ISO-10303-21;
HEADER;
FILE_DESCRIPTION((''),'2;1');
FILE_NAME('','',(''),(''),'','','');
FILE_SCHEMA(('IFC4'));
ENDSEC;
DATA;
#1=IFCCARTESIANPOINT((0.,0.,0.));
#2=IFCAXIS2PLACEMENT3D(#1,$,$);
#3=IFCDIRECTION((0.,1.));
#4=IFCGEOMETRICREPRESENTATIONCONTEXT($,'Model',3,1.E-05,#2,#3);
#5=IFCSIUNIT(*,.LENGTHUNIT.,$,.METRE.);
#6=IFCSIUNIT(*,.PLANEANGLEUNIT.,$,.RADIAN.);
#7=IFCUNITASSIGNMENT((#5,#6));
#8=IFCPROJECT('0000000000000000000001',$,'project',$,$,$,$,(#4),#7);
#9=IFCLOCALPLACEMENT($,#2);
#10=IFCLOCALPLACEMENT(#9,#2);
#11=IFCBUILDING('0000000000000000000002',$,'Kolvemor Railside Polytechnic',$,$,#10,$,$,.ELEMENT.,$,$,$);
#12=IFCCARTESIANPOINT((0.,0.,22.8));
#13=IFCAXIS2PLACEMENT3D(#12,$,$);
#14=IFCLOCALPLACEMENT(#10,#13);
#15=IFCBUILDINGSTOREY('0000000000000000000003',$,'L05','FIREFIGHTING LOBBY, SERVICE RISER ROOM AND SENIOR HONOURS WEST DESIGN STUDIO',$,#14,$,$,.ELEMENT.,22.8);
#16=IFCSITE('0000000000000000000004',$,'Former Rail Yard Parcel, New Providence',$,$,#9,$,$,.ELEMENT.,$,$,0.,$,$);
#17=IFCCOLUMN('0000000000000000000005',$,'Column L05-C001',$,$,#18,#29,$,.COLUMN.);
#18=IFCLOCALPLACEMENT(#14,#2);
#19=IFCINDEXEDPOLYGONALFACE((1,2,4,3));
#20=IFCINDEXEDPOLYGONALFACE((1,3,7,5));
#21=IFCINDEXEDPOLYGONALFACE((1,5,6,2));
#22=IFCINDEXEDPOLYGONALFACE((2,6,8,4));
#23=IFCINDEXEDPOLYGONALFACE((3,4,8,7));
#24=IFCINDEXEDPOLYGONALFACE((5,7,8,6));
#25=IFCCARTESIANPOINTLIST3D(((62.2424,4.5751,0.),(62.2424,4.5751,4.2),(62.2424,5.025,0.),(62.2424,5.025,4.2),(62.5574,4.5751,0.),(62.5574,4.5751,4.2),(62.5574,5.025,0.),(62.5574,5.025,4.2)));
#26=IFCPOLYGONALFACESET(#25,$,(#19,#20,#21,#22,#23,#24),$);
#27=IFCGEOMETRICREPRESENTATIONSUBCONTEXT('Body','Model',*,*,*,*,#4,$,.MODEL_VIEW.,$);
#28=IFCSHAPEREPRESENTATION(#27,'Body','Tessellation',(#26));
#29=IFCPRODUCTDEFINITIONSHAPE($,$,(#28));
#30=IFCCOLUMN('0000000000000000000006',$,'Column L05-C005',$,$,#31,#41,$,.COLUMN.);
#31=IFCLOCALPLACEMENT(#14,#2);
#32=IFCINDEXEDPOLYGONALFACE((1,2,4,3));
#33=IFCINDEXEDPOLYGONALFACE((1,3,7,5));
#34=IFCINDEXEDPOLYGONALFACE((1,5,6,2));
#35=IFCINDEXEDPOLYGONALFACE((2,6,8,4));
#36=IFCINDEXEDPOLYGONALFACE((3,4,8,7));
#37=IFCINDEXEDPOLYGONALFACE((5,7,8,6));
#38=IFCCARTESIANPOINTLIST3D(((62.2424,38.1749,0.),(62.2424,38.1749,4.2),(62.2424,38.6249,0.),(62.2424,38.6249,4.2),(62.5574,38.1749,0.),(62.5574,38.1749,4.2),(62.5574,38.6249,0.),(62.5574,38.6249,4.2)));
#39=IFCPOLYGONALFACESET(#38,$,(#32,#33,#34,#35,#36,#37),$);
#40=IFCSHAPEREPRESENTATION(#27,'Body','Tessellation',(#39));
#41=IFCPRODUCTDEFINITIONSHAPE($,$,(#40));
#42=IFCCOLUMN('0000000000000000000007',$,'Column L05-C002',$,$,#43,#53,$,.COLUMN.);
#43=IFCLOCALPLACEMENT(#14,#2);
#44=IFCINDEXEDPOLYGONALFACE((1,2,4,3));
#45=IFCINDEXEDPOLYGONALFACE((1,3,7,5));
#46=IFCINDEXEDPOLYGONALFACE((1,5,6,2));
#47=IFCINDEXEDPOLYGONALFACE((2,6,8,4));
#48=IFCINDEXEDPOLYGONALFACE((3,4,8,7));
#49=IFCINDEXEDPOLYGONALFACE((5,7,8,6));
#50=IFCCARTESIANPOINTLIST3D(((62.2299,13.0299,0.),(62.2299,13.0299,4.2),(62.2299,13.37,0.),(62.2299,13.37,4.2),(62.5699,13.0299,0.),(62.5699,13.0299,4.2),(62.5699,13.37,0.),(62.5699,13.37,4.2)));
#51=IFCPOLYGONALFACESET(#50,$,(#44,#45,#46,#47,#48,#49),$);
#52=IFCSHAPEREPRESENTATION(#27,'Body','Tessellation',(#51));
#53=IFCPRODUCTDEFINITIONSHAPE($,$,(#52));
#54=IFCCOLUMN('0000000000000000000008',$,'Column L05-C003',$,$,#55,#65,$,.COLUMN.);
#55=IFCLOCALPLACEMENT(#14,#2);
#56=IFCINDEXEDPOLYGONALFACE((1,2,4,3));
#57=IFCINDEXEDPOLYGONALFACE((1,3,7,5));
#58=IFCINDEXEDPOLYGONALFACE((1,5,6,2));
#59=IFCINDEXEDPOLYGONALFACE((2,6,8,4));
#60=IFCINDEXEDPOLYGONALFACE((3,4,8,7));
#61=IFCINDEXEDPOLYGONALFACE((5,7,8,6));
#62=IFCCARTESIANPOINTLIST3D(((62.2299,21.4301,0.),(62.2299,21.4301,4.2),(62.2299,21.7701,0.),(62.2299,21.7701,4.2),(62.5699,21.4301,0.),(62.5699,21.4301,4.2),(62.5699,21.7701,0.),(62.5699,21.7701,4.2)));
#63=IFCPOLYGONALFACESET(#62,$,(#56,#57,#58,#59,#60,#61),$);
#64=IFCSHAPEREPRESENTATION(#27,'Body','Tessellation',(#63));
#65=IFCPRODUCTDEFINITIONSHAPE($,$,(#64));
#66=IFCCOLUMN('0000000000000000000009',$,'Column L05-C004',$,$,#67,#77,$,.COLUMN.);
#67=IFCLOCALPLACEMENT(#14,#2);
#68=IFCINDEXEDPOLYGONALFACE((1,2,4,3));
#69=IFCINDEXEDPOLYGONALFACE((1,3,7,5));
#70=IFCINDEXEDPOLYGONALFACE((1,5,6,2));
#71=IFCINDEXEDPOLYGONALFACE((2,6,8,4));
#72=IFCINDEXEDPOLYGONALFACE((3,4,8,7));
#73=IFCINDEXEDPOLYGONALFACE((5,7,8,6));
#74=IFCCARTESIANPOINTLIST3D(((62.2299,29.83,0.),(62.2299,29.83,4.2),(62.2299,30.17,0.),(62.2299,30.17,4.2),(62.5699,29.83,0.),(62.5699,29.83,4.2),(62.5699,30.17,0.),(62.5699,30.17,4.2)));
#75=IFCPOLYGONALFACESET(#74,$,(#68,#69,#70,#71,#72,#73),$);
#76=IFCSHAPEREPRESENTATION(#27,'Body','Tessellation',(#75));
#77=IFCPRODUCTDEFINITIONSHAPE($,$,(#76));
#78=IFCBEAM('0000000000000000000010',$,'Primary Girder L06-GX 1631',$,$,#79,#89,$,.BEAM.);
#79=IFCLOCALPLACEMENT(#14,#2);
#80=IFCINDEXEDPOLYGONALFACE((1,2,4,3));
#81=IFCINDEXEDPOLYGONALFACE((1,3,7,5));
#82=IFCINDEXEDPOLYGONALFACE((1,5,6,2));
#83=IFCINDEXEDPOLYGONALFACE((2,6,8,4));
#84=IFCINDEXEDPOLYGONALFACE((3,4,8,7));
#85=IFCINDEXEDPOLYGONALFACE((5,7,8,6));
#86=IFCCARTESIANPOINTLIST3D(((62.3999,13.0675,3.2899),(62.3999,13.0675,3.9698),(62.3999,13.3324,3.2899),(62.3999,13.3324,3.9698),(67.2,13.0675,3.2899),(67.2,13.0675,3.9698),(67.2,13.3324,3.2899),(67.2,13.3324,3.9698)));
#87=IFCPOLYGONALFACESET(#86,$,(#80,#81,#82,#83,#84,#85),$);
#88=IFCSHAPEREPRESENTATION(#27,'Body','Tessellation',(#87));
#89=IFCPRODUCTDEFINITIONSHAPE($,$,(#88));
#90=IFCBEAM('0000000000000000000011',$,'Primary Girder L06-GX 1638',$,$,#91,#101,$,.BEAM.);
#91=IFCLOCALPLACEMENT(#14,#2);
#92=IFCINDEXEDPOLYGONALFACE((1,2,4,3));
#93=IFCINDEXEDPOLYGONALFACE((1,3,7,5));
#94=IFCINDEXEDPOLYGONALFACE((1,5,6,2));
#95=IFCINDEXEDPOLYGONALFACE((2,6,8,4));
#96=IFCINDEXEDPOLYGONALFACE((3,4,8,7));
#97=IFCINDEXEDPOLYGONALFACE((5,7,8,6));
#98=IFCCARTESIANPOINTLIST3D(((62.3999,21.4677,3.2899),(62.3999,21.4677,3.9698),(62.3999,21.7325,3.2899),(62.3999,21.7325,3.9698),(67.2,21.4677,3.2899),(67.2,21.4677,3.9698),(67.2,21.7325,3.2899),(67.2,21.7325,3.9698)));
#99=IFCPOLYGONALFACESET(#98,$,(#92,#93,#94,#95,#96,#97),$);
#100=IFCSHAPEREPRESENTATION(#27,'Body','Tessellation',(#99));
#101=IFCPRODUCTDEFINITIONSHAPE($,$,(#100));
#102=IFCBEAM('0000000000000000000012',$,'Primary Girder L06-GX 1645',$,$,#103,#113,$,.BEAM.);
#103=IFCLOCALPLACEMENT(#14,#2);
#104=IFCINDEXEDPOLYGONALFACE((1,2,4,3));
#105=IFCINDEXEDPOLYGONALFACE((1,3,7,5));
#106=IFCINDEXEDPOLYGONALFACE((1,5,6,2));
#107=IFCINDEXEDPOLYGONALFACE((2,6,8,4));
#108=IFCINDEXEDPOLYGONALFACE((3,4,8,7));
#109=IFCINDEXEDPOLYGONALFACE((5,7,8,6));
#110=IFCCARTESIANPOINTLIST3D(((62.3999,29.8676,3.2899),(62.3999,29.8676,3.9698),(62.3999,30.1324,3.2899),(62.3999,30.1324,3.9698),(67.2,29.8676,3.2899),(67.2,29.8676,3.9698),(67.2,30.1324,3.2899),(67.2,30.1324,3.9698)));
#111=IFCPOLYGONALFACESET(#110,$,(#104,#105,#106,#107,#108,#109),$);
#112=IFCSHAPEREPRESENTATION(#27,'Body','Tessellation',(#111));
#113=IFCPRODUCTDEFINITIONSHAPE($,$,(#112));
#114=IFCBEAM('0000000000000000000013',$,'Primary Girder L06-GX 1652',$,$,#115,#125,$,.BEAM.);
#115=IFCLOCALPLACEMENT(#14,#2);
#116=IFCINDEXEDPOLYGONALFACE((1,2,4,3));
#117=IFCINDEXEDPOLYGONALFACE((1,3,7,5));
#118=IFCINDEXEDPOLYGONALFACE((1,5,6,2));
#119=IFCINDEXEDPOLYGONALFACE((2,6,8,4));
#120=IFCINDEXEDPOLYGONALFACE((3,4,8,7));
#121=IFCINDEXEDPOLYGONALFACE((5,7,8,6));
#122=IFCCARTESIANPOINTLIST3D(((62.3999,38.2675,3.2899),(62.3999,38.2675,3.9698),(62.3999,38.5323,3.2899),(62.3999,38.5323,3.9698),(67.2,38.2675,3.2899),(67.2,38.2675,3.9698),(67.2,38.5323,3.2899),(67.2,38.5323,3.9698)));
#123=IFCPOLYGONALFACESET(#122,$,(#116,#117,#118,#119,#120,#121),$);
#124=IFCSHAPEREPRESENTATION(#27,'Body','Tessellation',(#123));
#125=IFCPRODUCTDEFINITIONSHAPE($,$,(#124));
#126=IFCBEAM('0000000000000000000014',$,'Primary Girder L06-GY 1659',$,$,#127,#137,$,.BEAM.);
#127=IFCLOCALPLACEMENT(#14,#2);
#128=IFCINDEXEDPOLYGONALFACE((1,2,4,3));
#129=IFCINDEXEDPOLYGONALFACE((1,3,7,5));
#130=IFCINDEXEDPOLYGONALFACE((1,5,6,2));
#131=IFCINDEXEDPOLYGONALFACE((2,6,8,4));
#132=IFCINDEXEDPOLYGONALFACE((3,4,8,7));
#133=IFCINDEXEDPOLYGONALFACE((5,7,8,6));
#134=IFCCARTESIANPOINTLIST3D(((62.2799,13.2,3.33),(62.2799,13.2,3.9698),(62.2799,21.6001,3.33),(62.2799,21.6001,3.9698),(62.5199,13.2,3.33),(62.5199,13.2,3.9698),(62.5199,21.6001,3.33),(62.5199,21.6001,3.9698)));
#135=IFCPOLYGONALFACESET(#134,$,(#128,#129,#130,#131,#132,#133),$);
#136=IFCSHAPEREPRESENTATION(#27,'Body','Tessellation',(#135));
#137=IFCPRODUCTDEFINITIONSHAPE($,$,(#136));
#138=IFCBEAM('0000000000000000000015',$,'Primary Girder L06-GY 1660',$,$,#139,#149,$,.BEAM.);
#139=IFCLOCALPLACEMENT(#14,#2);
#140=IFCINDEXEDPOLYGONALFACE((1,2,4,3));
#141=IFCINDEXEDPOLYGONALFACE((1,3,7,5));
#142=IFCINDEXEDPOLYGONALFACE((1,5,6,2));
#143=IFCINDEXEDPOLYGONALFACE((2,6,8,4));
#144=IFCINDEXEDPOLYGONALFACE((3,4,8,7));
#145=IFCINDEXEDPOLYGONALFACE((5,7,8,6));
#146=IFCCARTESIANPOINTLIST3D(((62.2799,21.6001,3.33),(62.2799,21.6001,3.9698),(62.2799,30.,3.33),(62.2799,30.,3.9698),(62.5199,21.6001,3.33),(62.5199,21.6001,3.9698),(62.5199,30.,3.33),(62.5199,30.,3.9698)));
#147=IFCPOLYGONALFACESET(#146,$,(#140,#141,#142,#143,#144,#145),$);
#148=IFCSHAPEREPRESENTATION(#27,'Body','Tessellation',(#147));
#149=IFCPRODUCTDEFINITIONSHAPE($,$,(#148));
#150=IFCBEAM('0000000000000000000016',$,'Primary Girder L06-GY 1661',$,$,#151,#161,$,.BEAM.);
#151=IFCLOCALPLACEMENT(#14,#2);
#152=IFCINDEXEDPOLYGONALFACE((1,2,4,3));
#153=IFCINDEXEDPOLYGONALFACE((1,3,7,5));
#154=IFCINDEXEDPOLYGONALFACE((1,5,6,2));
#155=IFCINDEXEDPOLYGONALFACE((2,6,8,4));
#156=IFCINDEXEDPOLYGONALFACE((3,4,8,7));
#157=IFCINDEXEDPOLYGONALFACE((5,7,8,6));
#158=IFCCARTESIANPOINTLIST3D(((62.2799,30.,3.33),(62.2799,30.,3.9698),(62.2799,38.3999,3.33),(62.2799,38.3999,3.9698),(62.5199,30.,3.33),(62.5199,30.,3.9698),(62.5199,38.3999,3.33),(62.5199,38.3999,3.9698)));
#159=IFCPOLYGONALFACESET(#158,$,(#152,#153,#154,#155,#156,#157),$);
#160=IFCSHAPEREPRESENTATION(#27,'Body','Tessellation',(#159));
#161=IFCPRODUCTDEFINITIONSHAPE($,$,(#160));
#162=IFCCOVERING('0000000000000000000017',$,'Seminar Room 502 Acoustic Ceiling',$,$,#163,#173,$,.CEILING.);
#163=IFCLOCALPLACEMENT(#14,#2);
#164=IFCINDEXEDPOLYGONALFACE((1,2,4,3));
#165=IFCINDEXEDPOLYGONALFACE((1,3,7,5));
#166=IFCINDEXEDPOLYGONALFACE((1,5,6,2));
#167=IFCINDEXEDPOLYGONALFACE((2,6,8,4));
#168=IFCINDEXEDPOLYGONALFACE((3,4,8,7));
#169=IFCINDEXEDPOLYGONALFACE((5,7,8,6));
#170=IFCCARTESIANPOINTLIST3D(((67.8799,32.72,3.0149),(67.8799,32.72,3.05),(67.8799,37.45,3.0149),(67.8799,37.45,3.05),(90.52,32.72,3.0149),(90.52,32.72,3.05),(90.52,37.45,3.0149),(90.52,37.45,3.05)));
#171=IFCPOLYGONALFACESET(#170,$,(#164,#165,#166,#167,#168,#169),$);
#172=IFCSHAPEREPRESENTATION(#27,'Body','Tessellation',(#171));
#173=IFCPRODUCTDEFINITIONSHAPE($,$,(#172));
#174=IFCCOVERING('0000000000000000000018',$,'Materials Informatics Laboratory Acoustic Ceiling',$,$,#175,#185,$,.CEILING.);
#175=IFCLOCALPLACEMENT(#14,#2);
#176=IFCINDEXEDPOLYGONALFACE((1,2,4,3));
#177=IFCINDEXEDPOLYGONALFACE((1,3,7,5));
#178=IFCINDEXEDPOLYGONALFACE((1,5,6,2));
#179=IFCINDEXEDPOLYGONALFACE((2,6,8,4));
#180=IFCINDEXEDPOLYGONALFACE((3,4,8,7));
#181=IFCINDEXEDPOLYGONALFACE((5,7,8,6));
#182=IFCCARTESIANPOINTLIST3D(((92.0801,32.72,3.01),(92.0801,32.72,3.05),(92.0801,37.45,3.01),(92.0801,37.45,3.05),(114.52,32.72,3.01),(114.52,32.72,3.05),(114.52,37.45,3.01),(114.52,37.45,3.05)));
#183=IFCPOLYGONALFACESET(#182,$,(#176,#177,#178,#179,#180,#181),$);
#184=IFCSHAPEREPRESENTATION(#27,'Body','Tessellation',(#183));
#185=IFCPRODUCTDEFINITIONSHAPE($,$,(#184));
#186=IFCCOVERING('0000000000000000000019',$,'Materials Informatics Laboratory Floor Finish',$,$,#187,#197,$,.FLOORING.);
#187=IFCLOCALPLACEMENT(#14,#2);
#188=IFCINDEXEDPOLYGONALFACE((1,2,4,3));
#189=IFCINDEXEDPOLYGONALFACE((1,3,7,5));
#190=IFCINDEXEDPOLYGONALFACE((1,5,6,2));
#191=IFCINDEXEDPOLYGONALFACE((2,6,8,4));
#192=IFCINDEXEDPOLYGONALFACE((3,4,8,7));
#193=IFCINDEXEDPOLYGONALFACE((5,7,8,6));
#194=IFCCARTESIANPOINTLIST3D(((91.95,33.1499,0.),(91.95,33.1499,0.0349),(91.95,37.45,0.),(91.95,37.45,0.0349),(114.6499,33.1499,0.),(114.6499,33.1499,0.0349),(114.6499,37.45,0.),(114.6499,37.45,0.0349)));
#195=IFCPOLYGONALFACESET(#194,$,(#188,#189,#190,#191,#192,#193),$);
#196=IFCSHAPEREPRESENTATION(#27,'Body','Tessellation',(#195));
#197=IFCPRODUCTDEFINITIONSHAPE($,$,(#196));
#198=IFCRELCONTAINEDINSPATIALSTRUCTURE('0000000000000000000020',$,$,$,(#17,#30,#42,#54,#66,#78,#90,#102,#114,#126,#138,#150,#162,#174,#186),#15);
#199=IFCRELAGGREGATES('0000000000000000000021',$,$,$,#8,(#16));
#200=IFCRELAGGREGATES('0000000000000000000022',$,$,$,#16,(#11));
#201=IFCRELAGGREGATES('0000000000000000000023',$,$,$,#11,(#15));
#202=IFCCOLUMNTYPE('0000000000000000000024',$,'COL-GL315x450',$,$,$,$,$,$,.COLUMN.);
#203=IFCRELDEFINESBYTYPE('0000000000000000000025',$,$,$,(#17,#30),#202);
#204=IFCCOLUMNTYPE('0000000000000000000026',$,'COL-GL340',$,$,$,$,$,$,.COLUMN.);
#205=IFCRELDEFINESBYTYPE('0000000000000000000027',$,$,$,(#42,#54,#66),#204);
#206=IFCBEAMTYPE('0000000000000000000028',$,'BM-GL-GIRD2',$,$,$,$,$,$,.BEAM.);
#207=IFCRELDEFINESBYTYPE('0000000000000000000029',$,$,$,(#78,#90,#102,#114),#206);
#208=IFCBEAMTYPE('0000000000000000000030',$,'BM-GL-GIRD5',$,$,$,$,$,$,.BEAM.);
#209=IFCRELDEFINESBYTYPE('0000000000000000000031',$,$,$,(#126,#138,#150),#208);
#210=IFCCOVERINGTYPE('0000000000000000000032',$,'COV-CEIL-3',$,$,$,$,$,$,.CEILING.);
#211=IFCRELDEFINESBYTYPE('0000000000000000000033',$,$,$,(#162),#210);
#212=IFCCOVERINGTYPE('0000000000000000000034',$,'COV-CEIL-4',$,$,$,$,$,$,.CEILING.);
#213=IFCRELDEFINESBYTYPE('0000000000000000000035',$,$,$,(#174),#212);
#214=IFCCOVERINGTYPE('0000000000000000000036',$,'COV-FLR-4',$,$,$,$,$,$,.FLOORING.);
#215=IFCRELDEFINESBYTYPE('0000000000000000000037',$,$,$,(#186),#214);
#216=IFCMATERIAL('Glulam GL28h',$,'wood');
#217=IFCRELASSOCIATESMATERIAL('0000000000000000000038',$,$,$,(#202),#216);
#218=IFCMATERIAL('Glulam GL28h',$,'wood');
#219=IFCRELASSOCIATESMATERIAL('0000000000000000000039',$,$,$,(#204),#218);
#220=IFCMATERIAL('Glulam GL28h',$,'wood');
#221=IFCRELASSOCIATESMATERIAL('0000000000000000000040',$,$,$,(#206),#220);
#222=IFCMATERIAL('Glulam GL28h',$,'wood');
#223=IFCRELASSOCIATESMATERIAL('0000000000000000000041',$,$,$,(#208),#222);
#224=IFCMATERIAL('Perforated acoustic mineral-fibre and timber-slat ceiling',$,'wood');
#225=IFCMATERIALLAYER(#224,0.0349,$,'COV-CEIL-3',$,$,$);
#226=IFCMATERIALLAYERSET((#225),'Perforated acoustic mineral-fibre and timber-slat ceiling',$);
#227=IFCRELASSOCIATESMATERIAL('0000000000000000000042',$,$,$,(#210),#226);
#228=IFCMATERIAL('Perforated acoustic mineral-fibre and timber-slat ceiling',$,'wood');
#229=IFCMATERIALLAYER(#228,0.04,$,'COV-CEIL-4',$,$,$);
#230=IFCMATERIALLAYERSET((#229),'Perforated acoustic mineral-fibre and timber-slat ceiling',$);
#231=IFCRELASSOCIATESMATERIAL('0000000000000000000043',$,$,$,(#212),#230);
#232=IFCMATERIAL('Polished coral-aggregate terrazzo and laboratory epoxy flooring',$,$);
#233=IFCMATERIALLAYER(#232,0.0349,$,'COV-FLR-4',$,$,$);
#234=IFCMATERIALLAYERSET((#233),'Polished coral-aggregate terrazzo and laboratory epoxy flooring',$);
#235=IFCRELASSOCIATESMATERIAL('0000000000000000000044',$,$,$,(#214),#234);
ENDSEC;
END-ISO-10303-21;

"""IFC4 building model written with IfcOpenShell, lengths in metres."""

from ifc_helpers import new_model, si_unit, direction, frame, origin, origin_2d, place, context, subcontext, project, spatial, polyline, rectangle, outline, extrude, material, layer, layer_set, material_profile, profile_set, type_object, element, save


model = new_model("IFC4")

# Units and contexts
model_context = context("Model", 3, precision=1e-05, world=origin(), true_north=direction((0.0, 1.0)))
body_context = subcontext(model_context, "Body", "Model", "MODEL_VIEW")
ifc_project = project(units=[si_unit("LENGTHUNIT", "METRE"), si_unit("PLANEANGLEUNIT", "RADIAN")], contexts=[model_context])

# Site, building, storey
site_placement = place(None, origin())
site = spatial("IfcSite", under=ifc_project, at=site_placement, Name="Former Rail Yard Parcel, New Providence", CompositionType="ELEMENT", RefElevation=0.0)
building_placement = place(site_placement, origin())
building = spatial("IfcBuilding", under=site, at=building_placement, Name="Kolvemor Railside Polytechnic", CompositionType="ELEMENT")
storey_placement = place(building_placement, frame((0.0, 0.0, 22.8)))
storey = spatial("IfcBuildingStorey", under=building, at=storey_placement, Name="L05", Description="FIREFIGHTING LOBBY, SERVICE RISER ROOM AND SENIOR HONOURS WEST DESIGN STUDIO", CompositionType="ELEMENT", Elevation=22.8)

# Columns
ifc_material_1 = material(Name="Glulam GL28h", Category="wood")
ifc_material_profile_1 = material_profile(ifc_material_1, rectangle(XDim=0.3149, YDim=0.45, at=origin_2d()), Name="GL315x450")
ifc_profile_set_1 = profile_set([ifc_material_profile_1], Name="Glulam GL28h")
column_type_1 = type_object("IfcColumnType", Name="COL-GL315x450", PredefinedType="COLUMN", material=ifc_profile_set_1)
for number, where, z_axis, x_axis, name in (
    (1, (62.3999, 4.8, 0.0), (0.0, 0.0, 1.0), (1.0, 0.0, 0.0), "Column L05-C001"),
    (2, (62.3999, 38.3999, 0.0), (0.0, 0.0, 1.0), (1.0, 0.0, 0.0), "Column L05-C005"),
):
    element("IfcColumn", number, at=place(storey_placement, frame(where, z_axis=z_axis, x_axis=x_axis)), inside=storey, type_object=column_type_1, Name=name, PredefinedType="COLUMN", context=body_context, shape_type="SweptSolid", body=[
        extrude(rectangle(XDim=0.3149, YDim=0.45, at=origin_2d()), origin(), (0.0, 0.0, 1.0), 4.2),
    ])
ifc_material_2 = material(Name="Glulam GL28h", Category="wood")
ifc_material_profile_2 = material_profile(ifc_material_2, rectangle(XDim=0.3401, YDim=0.3401, at=origin_2d()), Name="GL340x340")
ifc_profile_set_2 = profile_set([ifc_material_profile_2], Name="Glulam GL28h")
column_type_2 = type_object("IfcColumnType", Name="COL-GL340", PredefinedType="COLUMN", material=ifc_profile_set_2)
for number, where, z_axis, x_axis, name in (
    (3, (62.3999, 13.2, 0.0), (0.0, 0.0, 1.0), (1.0, 0.0, 0.0), "Column L05-C002"),
    (4, (62.3999, 21.6001, 0.0), (0.0, 0.0, 1.0), (1.0, 0.0, 0.0), "Column L05-C003"),
    (5, (62.3999, 30.0, 0.0), (0.0, 0.0, 1.0), (1.0, 0.0, 0.0), "Column L05-C004"),
):
    element("IfcColumn", number, at=place(storey_placement, frame(where, z_axis=z_axis, x_axis=x_axis)), inside=storey, type_object=column_type_2, Name=name, PredefinedType="COLUMN", context=body_context, shape_type="SweptSolid", body=[
        extrude(rectangle(XDim=0.3401, YDim=0.3401, at=origin_2d()), origin(), (0.0, 0.0, 1.0), 4.2),
    ])

# Beams
ifc_material_3 = material(Name="Glulam GL28h", Category="wood")
ifc_material_profile_3 = material_profile(ifc_material_3, rectangle(XDim=0.2649, YDim=0.6799, at=origin_2d()), Name="GL265x680")
ifc_profile_set_3 = profile_set([ifc_material_profile_3], Name="Glulam GL28h")
beam_type_1 = type_object("IfcBeamType", Name="BM-GL-GIRD2", PredefinedType="BEAM", material=ifc_profile_set_3)
for number, where, z_axis, x_axis, name in (
    (6, (62.3999, 13.2, 3.6299), (1.0, 0.0, 0.0), (0.0, 1.0, 0.0), "Primary Girder L06-GX 1631"),
    (7, (62.3999, 21.6001, 3.6299), (1.0, 0.0, 0.0), (0.0, 1.0, 0.0), "Primary Girder L06-GX 1638"),
    (8, (62.3999, 30.0, 3.6299), (1.0, 0.0, 0.0), (0.0, 1.0, 0.0), "Primary Girder L06-GX 1645"),
    (9, (62.3999, 38.3999, 3.6299), (1.0, 0.0, 0.0), (0.0, 1.0, 0.0), "Primary Girder L06-GX 1652"),
):
    element("IfcBeam", number, at=place(storey_placement, frame(where, z_axis=z_axis, x_axis=x_axis)), inside=storey, type_object=beam_type_1, Name=name, PredefinedType="BEAM", context=body_context, shape_type="SweptSolid", body=[
        extrude(rectangle(XDim=0.2649, YDim=0.6799, at=origin_2d()), origin(), (0.0, 0.0, 1.0), 4.8),
    ])
ifc_material_4 = material(Name="Glulam GL28h", Category="wood")
ifc_material_profile_4 = material_profile(ifc_material_4, rectangle(XDim=0.24, YDim=0.6399, at=origin_2d()), Name="GL240x640")
ifc_profile_set_4 = profile_set([ifc_material_profile_4], Name="Glulam GL28h")
beam_type_2 = type_object("IfcBeamType", Name="BM-GL-GIRD5", PredefinedType="BEAM", material=ifc_profile_set_4)
beam_placement = place(storey_placement, frame((62.3999, 13.2, 3.6499), z_axis=(0.0, 1.0, 0.0), x_axis=(-1.0, 0.0, 0.0)))
element("IfcBeam", 10, at=beam_placement, inside=storey, type_object=beam_type_2, Name="Primary Girder L06-GY 1659", PredefinedType="BEAM", context=body_context, shape_type="SweptSolid", body=[
    extrude(rectangle(XDim=0.24, YDim=0.6399, at=origin_2d()), origin(), (0.0, 0.0, 1.0), 8.4001),
])
for number, where, z_axis, x_axis, name in (
    (11, (62.3999, 21.6001, 3.6499), (0.0, 1.0, 0.0), (-1.0, 0.0, 0.0), "Primary Girder L06-GY 1660"),
    (12, (62.3999, 30.0, 3.6499), (0.0, 1.0, 0.0), (-1.0, 0.0, 0.0), "Primary Girder L06-GY 1661"),
):
    element("IfcBeam", number, at=place(storey_placement, frame(where, z_axis=z_axis, x_axis=x_axis)), inside=storey, type_object=beam_type_2, Name=name, PredefinedType="BEAM", context=body_context, shape_type="SweptSolid", body=[
        extrude(rectangle(XDim=0.24, YDim=0.6399, at=origin_2d()), origin(), (0.0, 0.0, 1.0), 8.3999),
    ])

# Coverings
ifc_material_5 = material(Name="Perforated acoustic mineral-fibre and timber-slat ceiling", Category="wood")
ifc_layer_1 = layer(ifc_material_5, 0.0349, Name="COV-CEIL-3")
ifc_layer_set_1 = layer_set([ifc_layer_1], Name="Perforated acoustic mineral-fibre and timber-slat ceiling")
covering_type_1 = type_object("IfcCoveringType", Name="COV-CEIL-3", PredefinedType="CEILING", material=ifc_layer_set_1)
covering_1_placement = place(storey_placement, frame((0.0, 0.0, 3.0149)))
element("IfcCovering", 13, at=covering_1_placement, inside=storey, type_object=covering_type_1, Name="Seminar Room 502 Acoustic Ceiling", PredefinedType="CEILING", context=body_context, shape_type="SweptSolid", body=[
    extrude(outline(polyline([(67.8799, 32.72), (90.52, 32.72), (90.52, 37.45), (67.8799, 37.45), (67.8799, 32.72)])), origin(), (0.0, 0.0, 1.0), 0.0352),
])
ifc_material_6 = material(Name="Perforated acoustic mineral-fibre and timber-slat ceiling", Category="wood")
ifc_layer_2 = layer(ifc_material_6, 0.04, Name="COV-CEIL-4")
ifc_layer_set_2 = layer_set([ifc_layer_2], Name="Perforated acoustic mineral-fibre and timber-slat ceiling")
covering_type_2 = type_object("IfcCoveringType", Name="COV-CEIL-4", PredefinedType="CEILING", material=ifc_layer_set_2)
covering_2_placement = place(storey_placement, frame((0.0, 0.0, 3.01)))
element("IfcCovering", 14, at=covering_2_placement, inside=storey, type_object=covering_type_2, Name="Materials Informatics Laboratory Acoustic Ceiling", PredefinedType="CEILING", context=body_context, shape_type="SweptSolid", body=[
    extrude(outline(polyline([(92.0801, 32.72), (114.52, 32.72), (114.52, 37.45), (92.0801, 37.45), (92.0801, 32.72)])), origin(), (0.0, 0.0, 1.0), 0.04),
])
ifc_material_7 = material(Name="Polished coral-aggregate terrazzo and laboratory epoxy flooring")
ifc_layer_3 = layer(ifc_material_7, 0.0349, Name="COV-FLR-4")
ifc_layer_set_3 = layer_set([ifc_layer_3], Name="Polished coral-aggregate terrazzo and laboratory epoxy flooring")
covering_type_3 = type_object("IfcCoveringType", Name="COV-FLR-4", PredefinedType="FLOORING", material=ifc_layer_set_3)
covering_3_placement = place(storey_placement, origin())
element("IfcCovering", 15, at=covering_3_placement, inside=storey, type_object=covering_type_3, Name="Materials Informatics Laboratory Floor Finish", PredefinedType="FLOORING", context=body_context, shape_type="SweptSolid", body=[
    extrude(outline(polyline([(91.95, 33.1499), (114.6499, 33.1499), (114.6499, 37.45), (91.95, 37.45), (91.95, 33.1499)])), origin(), (0.0, 0.0, 1.0), 0.0349),
])

save(model, "model.ifc")
